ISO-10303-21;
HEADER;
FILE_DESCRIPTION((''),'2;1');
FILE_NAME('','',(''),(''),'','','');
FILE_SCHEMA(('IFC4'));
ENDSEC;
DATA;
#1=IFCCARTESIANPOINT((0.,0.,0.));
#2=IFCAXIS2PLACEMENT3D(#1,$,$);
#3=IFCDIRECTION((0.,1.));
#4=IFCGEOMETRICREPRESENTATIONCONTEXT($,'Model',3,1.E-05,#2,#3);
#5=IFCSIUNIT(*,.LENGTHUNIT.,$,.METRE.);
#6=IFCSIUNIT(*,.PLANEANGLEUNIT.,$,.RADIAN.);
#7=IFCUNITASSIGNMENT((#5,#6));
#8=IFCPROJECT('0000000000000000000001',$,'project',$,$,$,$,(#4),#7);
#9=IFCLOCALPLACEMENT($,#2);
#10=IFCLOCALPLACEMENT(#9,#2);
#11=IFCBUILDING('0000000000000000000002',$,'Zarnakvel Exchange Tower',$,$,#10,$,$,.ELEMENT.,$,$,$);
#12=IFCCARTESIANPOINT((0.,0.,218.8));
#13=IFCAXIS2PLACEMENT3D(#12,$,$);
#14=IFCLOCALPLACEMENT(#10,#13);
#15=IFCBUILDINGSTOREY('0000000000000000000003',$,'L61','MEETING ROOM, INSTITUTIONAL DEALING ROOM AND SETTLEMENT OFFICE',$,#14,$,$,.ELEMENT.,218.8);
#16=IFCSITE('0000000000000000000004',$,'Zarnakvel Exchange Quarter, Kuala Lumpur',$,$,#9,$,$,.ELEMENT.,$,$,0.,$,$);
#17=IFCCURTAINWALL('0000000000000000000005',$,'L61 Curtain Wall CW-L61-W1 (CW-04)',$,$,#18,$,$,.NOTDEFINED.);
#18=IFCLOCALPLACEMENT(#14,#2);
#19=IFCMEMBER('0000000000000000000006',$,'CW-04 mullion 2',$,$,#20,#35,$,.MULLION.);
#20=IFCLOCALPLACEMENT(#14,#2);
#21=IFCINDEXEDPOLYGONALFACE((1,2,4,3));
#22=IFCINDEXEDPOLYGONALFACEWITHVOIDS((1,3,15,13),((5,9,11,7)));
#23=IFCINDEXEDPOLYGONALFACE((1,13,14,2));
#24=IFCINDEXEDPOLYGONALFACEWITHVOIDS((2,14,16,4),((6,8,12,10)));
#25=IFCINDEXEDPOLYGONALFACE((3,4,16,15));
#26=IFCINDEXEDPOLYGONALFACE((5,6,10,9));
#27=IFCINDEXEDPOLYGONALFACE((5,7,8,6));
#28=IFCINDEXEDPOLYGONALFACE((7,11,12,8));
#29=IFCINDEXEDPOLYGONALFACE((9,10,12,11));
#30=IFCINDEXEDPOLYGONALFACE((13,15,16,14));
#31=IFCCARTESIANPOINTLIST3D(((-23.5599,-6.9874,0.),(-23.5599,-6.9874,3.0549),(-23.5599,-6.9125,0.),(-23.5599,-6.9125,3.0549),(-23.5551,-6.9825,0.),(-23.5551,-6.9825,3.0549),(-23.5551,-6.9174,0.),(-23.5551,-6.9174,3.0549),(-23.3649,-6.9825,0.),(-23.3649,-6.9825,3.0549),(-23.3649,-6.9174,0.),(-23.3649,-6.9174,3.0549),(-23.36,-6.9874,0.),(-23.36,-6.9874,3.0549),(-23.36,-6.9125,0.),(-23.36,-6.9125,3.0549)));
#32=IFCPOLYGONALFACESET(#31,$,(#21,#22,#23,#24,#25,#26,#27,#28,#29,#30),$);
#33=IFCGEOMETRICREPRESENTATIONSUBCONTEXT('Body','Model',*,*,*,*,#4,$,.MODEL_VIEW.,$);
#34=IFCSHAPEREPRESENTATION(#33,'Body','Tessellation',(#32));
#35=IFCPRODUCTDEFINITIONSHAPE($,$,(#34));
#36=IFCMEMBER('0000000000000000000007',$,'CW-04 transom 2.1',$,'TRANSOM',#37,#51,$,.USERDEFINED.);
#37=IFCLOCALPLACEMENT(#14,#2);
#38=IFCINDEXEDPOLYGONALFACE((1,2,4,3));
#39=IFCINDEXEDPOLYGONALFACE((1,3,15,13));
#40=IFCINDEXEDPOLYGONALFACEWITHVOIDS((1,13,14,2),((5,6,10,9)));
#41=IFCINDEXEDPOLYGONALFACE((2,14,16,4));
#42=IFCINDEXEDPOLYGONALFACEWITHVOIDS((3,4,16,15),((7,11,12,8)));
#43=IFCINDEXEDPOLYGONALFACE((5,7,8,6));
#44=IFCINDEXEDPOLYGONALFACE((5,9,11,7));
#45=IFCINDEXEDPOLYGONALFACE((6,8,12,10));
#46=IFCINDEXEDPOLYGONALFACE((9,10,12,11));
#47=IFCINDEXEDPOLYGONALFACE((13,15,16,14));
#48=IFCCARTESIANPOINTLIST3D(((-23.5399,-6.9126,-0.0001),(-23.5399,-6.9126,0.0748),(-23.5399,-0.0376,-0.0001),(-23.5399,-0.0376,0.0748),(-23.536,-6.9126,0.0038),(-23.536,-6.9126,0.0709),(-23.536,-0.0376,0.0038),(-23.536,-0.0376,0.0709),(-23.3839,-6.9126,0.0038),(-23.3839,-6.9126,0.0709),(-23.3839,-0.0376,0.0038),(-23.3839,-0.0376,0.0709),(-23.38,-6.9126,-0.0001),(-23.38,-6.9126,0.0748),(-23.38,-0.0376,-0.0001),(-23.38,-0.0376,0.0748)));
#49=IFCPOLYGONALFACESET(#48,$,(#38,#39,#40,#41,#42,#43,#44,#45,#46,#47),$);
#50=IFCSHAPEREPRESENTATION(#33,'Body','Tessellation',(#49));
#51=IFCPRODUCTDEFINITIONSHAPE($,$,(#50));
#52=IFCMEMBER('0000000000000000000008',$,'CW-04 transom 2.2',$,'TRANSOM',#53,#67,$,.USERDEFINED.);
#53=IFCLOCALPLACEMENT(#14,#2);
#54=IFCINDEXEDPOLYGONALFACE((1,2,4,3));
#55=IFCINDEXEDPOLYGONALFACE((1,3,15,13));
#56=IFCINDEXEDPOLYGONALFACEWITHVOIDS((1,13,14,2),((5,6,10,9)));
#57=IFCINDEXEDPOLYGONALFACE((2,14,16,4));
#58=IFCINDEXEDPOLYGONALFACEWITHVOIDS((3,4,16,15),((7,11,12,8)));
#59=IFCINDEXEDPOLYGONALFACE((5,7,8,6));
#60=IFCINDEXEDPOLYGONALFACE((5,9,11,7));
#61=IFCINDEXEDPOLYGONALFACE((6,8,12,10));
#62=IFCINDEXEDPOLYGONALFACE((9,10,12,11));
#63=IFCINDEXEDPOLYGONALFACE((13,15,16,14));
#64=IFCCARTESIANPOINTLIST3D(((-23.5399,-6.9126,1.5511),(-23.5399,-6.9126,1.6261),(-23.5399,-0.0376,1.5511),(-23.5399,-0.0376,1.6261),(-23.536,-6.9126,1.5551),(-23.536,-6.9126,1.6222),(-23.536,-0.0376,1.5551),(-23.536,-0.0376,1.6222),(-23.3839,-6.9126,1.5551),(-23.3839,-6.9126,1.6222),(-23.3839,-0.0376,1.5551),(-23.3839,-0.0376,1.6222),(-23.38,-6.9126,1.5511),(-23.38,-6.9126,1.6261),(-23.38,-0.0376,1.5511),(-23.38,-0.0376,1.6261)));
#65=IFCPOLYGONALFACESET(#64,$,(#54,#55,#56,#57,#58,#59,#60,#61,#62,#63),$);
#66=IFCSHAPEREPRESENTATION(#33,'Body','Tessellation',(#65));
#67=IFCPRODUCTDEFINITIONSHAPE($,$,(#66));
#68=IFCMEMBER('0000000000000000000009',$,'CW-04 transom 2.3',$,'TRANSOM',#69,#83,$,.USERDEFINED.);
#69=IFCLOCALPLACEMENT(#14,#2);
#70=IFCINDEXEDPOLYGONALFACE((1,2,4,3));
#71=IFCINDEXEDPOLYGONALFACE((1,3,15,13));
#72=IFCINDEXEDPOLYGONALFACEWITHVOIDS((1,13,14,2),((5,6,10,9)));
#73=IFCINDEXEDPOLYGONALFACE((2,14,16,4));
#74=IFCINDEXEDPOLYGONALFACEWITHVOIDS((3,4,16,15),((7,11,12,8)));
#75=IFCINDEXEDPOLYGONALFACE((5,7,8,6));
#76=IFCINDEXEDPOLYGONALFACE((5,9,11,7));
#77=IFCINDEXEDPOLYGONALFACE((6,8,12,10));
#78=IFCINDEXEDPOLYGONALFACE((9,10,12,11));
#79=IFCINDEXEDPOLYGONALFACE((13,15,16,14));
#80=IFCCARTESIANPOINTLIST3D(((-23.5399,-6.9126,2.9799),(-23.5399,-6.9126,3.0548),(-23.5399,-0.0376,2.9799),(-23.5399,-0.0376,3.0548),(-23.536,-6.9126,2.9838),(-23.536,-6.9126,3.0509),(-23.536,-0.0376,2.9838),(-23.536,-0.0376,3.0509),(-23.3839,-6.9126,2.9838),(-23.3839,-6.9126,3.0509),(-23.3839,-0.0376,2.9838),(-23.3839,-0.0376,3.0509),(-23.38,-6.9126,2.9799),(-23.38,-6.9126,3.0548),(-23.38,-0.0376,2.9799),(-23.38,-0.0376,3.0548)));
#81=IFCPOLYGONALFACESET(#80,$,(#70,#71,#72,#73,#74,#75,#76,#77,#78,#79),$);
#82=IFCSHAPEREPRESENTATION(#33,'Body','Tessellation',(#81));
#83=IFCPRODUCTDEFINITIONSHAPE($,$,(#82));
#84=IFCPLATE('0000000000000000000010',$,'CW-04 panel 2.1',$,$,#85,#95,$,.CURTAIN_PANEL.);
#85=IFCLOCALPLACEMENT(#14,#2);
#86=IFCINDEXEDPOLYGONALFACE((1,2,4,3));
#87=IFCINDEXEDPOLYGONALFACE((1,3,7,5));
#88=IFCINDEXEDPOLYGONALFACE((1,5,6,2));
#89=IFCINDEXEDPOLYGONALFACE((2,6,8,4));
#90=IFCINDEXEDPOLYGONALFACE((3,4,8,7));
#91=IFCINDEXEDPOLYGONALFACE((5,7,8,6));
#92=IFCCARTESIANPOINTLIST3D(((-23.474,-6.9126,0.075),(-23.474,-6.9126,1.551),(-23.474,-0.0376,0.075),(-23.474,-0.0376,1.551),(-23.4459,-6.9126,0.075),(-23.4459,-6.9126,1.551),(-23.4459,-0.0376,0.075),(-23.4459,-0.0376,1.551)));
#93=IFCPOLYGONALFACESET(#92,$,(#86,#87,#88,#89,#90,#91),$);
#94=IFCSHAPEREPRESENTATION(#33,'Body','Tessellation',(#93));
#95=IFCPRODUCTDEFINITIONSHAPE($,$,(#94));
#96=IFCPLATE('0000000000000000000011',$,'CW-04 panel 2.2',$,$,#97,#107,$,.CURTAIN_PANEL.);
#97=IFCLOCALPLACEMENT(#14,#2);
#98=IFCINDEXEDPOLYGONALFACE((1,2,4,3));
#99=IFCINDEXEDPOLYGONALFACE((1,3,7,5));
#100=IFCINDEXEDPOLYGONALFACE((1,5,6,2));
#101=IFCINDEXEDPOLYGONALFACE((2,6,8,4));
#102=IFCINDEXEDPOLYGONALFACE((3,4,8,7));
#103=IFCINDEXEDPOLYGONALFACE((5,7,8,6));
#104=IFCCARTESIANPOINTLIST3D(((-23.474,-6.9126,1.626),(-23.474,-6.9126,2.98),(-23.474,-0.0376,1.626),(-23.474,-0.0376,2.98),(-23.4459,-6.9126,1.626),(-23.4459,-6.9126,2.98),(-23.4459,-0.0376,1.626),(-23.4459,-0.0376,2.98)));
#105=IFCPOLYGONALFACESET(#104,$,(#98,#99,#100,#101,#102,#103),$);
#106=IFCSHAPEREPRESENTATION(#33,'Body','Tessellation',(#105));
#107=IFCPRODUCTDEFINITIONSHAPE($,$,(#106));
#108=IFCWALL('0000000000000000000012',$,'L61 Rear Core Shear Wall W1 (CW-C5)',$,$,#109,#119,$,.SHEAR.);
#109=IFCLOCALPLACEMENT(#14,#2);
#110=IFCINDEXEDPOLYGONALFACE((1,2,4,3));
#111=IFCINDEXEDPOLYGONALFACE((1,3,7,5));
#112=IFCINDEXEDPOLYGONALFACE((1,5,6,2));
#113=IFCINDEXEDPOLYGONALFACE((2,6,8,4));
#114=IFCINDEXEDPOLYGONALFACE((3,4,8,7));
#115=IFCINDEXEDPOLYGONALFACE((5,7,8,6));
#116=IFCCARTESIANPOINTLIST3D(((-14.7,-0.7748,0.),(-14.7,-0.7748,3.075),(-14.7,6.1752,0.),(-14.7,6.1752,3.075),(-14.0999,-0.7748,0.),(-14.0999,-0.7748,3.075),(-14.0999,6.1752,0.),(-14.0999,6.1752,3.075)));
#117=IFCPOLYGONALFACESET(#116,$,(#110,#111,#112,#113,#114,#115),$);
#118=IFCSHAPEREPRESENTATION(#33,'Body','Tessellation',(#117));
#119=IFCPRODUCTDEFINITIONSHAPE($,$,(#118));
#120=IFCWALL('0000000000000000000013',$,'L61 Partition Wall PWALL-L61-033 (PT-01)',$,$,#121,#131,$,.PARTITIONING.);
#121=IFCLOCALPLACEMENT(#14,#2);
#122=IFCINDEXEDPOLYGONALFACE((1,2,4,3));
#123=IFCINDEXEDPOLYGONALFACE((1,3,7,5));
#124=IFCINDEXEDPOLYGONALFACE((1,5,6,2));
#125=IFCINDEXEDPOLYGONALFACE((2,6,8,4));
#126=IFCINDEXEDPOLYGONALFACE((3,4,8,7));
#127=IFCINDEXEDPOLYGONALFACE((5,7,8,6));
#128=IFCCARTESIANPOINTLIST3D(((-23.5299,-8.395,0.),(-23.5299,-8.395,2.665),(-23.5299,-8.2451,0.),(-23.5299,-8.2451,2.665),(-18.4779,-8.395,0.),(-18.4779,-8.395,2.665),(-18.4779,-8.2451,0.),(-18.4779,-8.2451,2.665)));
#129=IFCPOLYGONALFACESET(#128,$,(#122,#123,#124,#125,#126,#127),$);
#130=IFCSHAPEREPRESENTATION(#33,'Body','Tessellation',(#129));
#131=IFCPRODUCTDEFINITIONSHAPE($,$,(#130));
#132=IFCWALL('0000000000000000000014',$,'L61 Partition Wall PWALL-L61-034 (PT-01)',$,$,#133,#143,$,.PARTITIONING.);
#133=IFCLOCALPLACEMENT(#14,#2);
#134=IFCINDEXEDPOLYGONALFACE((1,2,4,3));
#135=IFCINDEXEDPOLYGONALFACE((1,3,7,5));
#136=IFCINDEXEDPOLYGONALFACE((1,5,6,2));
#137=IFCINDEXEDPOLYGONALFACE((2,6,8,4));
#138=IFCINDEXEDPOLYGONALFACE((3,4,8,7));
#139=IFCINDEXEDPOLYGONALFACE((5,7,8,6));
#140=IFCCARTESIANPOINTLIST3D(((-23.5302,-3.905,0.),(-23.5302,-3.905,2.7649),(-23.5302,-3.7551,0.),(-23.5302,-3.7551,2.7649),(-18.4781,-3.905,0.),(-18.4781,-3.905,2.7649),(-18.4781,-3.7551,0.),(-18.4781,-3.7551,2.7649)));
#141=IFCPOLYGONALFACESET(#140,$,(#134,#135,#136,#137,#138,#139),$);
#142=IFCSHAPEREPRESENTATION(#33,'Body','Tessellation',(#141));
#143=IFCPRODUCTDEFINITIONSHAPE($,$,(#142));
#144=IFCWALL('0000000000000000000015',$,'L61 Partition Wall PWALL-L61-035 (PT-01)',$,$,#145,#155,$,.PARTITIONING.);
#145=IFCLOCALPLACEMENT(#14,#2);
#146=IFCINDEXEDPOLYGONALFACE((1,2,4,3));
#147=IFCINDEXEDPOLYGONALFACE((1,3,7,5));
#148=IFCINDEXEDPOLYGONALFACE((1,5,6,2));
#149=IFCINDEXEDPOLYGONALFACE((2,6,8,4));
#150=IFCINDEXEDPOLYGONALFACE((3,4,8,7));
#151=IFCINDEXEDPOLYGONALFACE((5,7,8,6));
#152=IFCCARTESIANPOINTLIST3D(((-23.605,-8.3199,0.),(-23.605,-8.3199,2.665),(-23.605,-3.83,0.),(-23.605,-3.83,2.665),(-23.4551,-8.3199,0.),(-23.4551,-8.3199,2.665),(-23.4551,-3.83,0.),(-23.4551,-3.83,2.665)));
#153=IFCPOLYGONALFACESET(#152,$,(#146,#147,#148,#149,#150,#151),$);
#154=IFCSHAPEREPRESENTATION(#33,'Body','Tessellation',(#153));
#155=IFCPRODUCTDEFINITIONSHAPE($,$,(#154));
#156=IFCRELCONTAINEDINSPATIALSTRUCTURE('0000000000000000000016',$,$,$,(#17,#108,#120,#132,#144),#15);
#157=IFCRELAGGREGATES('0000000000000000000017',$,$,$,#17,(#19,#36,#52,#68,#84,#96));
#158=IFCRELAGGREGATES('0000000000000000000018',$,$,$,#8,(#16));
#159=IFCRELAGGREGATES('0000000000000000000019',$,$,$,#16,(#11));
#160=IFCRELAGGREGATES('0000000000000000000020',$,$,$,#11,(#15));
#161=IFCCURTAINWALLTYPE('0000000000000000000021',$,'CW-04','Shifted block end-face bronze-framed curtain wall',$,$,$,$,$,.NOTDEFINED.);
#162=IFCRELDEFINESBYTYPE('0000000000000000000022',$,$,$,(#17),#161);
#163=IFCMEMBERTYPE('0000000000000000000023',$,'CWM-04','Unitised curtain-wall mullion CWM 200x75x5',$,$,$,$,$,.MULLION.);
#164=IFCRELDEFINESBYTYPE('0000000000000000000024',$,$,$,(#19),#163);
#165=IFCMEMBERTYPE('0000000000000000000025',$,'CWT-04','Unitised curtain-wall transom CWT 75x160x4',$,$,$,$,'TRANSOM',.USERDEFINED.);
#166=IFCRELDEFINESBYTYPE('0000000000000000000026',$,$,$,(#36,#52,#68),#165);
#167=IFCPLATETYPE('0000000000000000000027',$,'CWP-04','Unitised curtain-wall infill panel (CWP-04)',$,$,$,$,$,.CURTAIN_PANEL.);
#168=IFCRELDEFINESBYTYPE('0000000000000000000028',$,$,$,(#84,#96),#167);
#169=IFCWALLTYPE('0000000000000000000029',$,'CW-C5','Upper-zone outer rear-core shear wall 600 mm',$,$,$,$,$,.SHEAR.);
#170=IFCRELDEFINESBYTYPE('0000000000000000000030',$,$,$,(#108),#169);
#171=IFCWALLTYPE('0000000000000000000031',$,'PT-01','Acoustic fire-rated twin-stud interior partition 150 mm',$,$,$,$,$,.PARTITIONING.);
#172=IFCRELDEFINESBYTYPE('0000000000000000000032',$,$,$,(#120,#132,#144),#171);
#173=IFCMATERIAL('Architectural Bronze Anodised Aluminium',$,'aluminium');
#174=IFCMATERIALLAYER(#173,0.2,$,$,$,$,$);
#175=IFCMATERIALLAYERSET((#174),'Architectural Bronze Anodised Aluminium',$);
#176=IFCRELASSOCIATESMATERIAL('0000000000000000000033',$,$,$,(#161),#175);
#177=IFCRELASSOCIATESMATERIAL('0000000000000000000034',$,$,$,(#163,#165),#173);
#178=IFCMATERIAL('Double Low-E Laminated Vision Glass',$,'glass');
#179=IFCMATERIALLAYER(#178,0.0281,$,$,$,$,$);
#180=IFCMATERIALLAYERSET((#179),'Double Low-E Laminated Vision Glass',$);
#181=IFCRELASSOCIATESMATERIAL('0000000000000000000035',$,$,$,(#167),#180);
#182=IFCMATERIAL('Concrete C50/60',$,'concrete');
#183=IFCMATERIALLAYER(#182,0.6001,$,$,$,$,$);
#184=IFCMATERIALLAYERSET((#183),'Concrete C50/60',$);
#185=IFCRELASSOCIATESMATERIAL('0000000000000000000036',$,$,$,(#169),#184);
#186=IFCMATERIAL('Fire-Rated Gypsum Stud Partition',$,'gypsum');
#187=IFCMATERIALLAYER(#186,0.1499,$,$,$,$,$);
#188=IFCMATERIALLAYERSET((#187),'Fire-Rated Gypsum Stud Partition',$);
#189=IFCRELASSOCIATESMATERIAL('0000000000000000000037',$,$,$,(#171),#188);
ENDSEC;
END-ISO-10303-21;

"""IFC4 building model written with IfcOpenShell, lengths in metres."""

from ifc_helpers import new_model, si_unit, direction, frame, frame_2d, origin, origin_2d, place, context, subcontext, project, spatial, rectangle, hollow_rectangle, extrude, source, transform, mapped, material, layer, layer_set, material_profile, profile_set, type_object, element, aggregate, save


model = new_model("IFC4")

# Units and contexts
model_context = context("Model", 3, precision=1e-05, world=origin(), true_north=direction((0.0, 1.0)))
body_context = subcontext(model_context, "Body", "Model", "MODEL_VIEW")
ifc_project = project(units=[si_unit("LENGTHUNIT", "METRE"), si_unit("PLANEANGLEUNIT", "RADIAN")], contexts=[model_context])

# Site, building, storey
site_placement = place(None, origin())
site = spatial("IfcSite", under=ifc_project, at=site_placement, Name="Zarnakvel Exchange Quarter, Kuala Lumpur", CompositionType="ELEMENT", RefElevation=0.0)
building_placement = place(site_placement, origin())
building = spatial("IfcBuilding", under=site, at=building_placement, Name="Zarnakvel Exchange Tower", CompositionType="ELEMENT")
storey_placement = place(building_placement, frame((0.0, 0.0, 218.8)))
storey = spatial("IfcBuildingStorey", under=building, at=storey_placement, Name="L61", Description="MEETING ROOM, INSTITUTIONAL DEALING ROOM AND SETTLEMENT OFFICE", CompositionType="ELEMENT", Elevation=218.8)

# Shared definitions
ifc_material_1 = material(Name="Concrete C50/60", Category="concrete")

# Curtain wall, members, plates
ifc_material_2 = material(Name="Architectural Bronze Anodised Aluminium", Category="aluminium")
ifc_layer_1 = layer(ifc_material_2, 0.2)
ifc_layer_set_1 = layer_set([ifc_layer_1], Name="Architectural Bronze Anodised Aluminium")
curtain_wall_type = type_object("IfcCurtainWallType", Name="CW-04", Description="Shifted block end-face bronze-framed curtain wall", PredefinedType="NOTDEFINED", material=ifc_layer_set_1)
curtain_wall_placement = place(storey_placement, origin())
curtain_wall = element("IfcCurtainWall", 1, at=curtain_wall_placement, inside=storey, type_object=curtain_wall_type, Name="L61 Curtain Wall CW-L61-W1 (CW-04)", PredefinedType="NOTDEFINED")
ifc_material_profile_1 = material_profile(ifc_material_2, hollow_rectangle(XDim=0.2, YDim=0.075, WallThickness=0.0049, at=origin_2d()))
ifc_profile_set_1 = profile_set([ifc_material_profile_1], Name="Architectural Bronze Anodised Aluminium")
member_type_1 = type_object("IfcMemberType", Name="CWM-04", Description="Unitised curtain-wall mullion CWM 200x75x5", PredefinedType="MULLION", material=ifc_profile_set_1)
shared_shape_1 = source(origin(), body_context, "Body", "SweptSolid", [
    extrude(hollow_rectangle(XDim=0.2, YDim=0.075, WallThickness=0.0049, at=origin_2d()), origin(), (0.0, 0.0, 1.0), 3.0549),
])
member_1_placement = place(storey_placement, frame((-23.46, -6.95, 0.0), z_axis=(0.0, 0.0, 1.0), x_axis=(-1.0, 0.0, 0.0)))
member_1 = element("IfcMember", 2, at=member_1_placement, type_object=member_type_1, Name="CW-04 mullion 2", PredefinedType="MULLION", context=body_context, shape_type="MappedRepresentation", body=[
    mapped(shared_shape_1, transform((0.0, 0.0, 0.0), x_axis=(1.0, 0.0, 0.0), y_axis=(0.0, 1.0, 0.0), z_axis=(0.0, 0.0, 1.0), scale=1.0)),
])
ifc_material_profile_2 = material_profile(ifc_material_2, hollow_rectangle(XDim=0.1599, YDim=0.075, WallThickness=0.0039, at=origin_2d()))
ifc_profile_set_2 = profile_set([ifc_material_profile_2], Name="Architectural Bronze Anodised Aluminium")
member_type_2 = type_object("IfcMemberType", Name="CWT-04", Description="Unitised curtain-wall transom CWT 75x160x4", ElementType="TRANSOM", PredefinedType="USERDEFINED", material=ifc_profile_set_2)
shared_shape_2 = source(origin(), body_context, "Body", "SweptSolid", [
    extrude(hollow_rectangle(XDim=0.1599, YDim=0.075, WallThickness=0.0039, at=origin_2d()), origin(), (0.0, 0.0, 1.0), 6.875),
])
member_2_placement = place(storey_placement, frame((-23.46, -6.9126, 0.0374), z_axis=(0.0, 1.0, 0.0), x_axis=(-1.0, 0.0, 0.0)))
member_2 = element("IfcMember", 3, at=member_2_placement, type_object=member_type_2, Name="CW-04 transom 2.1", ObjectType="TRANSOM", PredefinedType="USERDEFINED", context=body_context, shape_type="MappedRepresentation", body=[
    mapped(shared_shape_2, transform((0.0, 0.0, 0.0), x_axis=(1.0, 0.0, 0.0), y_axis=(0.0, 1.0, 0.0), z_axis=(0.0, 0.0, 1.0), scale=1.0)),
])
member_3_placement = place(storey_placement, frame((-23.46, -6.9126, 1.5886), z_axis=(0.0, 1.0, 0.0), x_axis=(-1.0, 0.0, 0.0)))
member_3 = element("IfcMember", 4, at=member_3_placement, type_object=member_type_2, Name="CW-04 transom 2.2", ObjectType="TRANSOM", PredefinedType="USERDEFINED", context=body_context, shape_type="MappedRepresentation", body=[
    mapped(shared_shape_2, transform((0.0, 0.0, 0.0), x_axis=(1.0, 0.0, 0.0), y_axis=(0.0, 1.0, 0.0), z_axis=(0.0, 0.0, 1.0), scale=1.0)),
])
member_4_placement = place(storey_placement, frame((-23.46, -6.9126, 3.0173), z_axis=(0.0, 1.0, 0.0), x_axis=(-1.0, 0.0, 0.0)))
member_4 = element("IfcMember", 5, at=member_4_placement, type_object=member_type_2, Name="CW-04 transom 2.3", ObjectType="TRANSOM", PredefinedType="USERDEFINED", context=body_context, shape_type="MappedRepresentation", body=[
    mapped(shared_shape_2, transform((0.0, 0.0, 0.0), x_axis=(1.0, 0.0, 0.0), y_axis=(0.0, 1.0, 0.0), z_axis=(0.0, 0.0, 1.0), scale=1.0)),
])
ifc_material_3 = material(Name="Double Low-E Laminated Vision Glass", Category="glass")
ifc_layer_2 = layer(ifc_material_3, 0.0281)
ifc_layer_set_2 = layer_set([ifc_layer_2], Name="Double Low-E Laminated Vision Glass")
plate_type = type_object("IfcPlateType", Name="CWP-04", Description="Unitised curtain-wall infill panel (CWP-04)", PredefinedType="CURTAIN_PANEL", material=ifc_layer_set_2)
shared_shape_3 = source(origin(), body_context, "Body", "SweptSolid", [
    extrude(rectangle(XDim=6.875, YDim=0.0281, at=origin_2d()), origin(), (0.0, 0.0, 1.0), 1.4761),
])
plate_1_placement = place(storey_placement, frame((-23.46, -3.4751, 0.075), z_axis=(0.0, 0.0, 1.0), x_axis=(0.0, 1.0, 0.0)))
plate_1 = element("IfcPlate", 6, at=plate_1_placement, type_object=plate_type, Name="CW-04 panel 2.1", PredefinedType="CURTAIN_PANEL", context=body_context, shape_type="MappedRepresentation", body=[
    mapped(shared_shape_3, transform((0.0, 0.0, 0.0), x_axis=(1.0, 0.0, 0.0), y_axis=(0.0, 1.0, 0.0), z_axis=(0.0, 0.0, 1.0), scale=1.0)),
])
shared_shape_4 = source(origin(), body_context, "Body", "SweptSolid", [
    extrude(rectangle(XDim=6.875, YDim=0.0281, at=origin_2d()), origin(), (0.0, 0.0, 1.0), 1.354),
])
plate_2_placement = place(storey_placement, frame((-23.46, -3.4751, 1.626), z_axis=(0.0, 0.0, 1.0), x_axis=(0.0, 1.0, 0.0)))
plate_2 = element("IfcPlate", 7, at=plate_2_placement, type_object=plate_type, Name="CW-04 panel 2.2", PredefinedType="CURTAIN_PANEL", context=body_context, shape_type="MappedRepresentation", body=[
    mapped(shared_shape_4, transform((0.0, 0.0, 0.0), x_axis=(1.0, 0.0, 0.0), y_axis=(0.0, 1.0, 0.0), z_axis=(0.0, 0.0, 1.0), scale=1.0)),
])
aggregate(curtain_wall, [member_1, member_2, member_3, member_4, plate_1, plate_2])

# Walls
ifc_layer_3 = layer(ifc_material_1, 0.6001)
ifc_layer_set_3 = layer_set([ifc_layer_3], Name="Concrete C50/60")
wall_type_1 = type_object("IfcWallType", Name="CW-C5", Description="Upper-zone outer rear-core shear wall 600 mm", PredefinedType="SHEAR", material=ifc_layer_set_3)
wall_1_placement = place(storey_placement, frame((-14.3999, -0.7749, 0.0), z_axis=(0.0, 0.0, 1.0), x_axis=(0.0, 1.0, 0.0)))
element("IfcWall", 8, at=wall_1_placement, inside=storey, type_object=wall_type_1, Name="L61 Rear Core Shear Wall W1 (CW-C5)", PredefinedType="SHEAR", context=body_context, shape_type="SweptSolid", body=[
    extrude(rectangle(XDim=6.95, YDim=0.6001, at=frame_2d((3.4751, 0.0))), origin(), (0.0, 0.0, 1.0), 3.075),
])
ifc_material_4 = material(Name="Fire-Rated Gypsum Stud Partition", Category="gypsum")
ifc_layer_4 = layer(ifc_material_4, 0.1499)
ifc_layer_set_4 = layer_set([ifc_layer_4], Name="Fire-Rated Gypsum Stud Partition")
wall_type_2 = type_object("IfcWallType", Name="PT-01", Description="Acoustic fire-rated twin-stud interior partition 150 mm", PredefinedType="PARTITIONING", material=ifc_layer_set_4)
wall_2_placement = place(storey_placement, frame((-18.478, -8.3201, 0.0), z_axis=(0.0, 0.0, 1.0), x_axis=(-1.0, 0.0, 0.0)))
element("IfcWall", 9, at=wall_2_placement, inside=storey, type_object=wall_type_2, Name="L61 Partition Wall PWALL-L61-033 (PT-01)", PredefinedType="PARTITIONING", context=body_context, shape_type="SweptSolid", body=[
    extrude(rectangle(XDim=5.052, YDim=0.1499, at=frame_2d((2.5259, 0.0))), origin(), (0.0, 0.0, 1.0), 2.665),
])
wall_3_placement = place(storey_placement, frame((-23.53, -3.8301, 0.0), z_axis=(0.0, 0.0, 1.0), x_axis=(1.0, 0.0, 0.0)))
element("IfcWall", 10, at=wall_3_placement, inside=storey, type_object=wall_type_2, Name="L61 Partition Wall PWALL-L61-034 (PT-01)", PredefinedType="PARTITIONING", context=body_context, shape_type="SweptSolid", body=[
    extrude(rectangle(XDim=5.052, YDim=0.1499, at=frame_2d((2.5259, 0.0))), origin(), (0.0, 0.0, 1.0), 2.7649),
])
wall_4_placement = place(storey_placement, frame((-23.53, -8.3201, 0.0), z_axis=(0.0, 0.0, 1.0), x_axis=(0.0, 1.0, 0.0)))
element("IfcWall", 11, at=wall_4_placement, inside=storey, type_object=wall_type_2, Name="L61 Partition Wall PWALL-L61-035 (PT-01)", PredefinedType="PARTITIONING", context=body_context, shape_type="SweptSolid", body=[
    extrude(rectangle(XDim=4.49, YDim=0.1499, at=frame_2d((2.2451, 0.0))), origin(), (0.0, 0.0, 1.0), 2.665),
])

save(model, "model.ifc")
